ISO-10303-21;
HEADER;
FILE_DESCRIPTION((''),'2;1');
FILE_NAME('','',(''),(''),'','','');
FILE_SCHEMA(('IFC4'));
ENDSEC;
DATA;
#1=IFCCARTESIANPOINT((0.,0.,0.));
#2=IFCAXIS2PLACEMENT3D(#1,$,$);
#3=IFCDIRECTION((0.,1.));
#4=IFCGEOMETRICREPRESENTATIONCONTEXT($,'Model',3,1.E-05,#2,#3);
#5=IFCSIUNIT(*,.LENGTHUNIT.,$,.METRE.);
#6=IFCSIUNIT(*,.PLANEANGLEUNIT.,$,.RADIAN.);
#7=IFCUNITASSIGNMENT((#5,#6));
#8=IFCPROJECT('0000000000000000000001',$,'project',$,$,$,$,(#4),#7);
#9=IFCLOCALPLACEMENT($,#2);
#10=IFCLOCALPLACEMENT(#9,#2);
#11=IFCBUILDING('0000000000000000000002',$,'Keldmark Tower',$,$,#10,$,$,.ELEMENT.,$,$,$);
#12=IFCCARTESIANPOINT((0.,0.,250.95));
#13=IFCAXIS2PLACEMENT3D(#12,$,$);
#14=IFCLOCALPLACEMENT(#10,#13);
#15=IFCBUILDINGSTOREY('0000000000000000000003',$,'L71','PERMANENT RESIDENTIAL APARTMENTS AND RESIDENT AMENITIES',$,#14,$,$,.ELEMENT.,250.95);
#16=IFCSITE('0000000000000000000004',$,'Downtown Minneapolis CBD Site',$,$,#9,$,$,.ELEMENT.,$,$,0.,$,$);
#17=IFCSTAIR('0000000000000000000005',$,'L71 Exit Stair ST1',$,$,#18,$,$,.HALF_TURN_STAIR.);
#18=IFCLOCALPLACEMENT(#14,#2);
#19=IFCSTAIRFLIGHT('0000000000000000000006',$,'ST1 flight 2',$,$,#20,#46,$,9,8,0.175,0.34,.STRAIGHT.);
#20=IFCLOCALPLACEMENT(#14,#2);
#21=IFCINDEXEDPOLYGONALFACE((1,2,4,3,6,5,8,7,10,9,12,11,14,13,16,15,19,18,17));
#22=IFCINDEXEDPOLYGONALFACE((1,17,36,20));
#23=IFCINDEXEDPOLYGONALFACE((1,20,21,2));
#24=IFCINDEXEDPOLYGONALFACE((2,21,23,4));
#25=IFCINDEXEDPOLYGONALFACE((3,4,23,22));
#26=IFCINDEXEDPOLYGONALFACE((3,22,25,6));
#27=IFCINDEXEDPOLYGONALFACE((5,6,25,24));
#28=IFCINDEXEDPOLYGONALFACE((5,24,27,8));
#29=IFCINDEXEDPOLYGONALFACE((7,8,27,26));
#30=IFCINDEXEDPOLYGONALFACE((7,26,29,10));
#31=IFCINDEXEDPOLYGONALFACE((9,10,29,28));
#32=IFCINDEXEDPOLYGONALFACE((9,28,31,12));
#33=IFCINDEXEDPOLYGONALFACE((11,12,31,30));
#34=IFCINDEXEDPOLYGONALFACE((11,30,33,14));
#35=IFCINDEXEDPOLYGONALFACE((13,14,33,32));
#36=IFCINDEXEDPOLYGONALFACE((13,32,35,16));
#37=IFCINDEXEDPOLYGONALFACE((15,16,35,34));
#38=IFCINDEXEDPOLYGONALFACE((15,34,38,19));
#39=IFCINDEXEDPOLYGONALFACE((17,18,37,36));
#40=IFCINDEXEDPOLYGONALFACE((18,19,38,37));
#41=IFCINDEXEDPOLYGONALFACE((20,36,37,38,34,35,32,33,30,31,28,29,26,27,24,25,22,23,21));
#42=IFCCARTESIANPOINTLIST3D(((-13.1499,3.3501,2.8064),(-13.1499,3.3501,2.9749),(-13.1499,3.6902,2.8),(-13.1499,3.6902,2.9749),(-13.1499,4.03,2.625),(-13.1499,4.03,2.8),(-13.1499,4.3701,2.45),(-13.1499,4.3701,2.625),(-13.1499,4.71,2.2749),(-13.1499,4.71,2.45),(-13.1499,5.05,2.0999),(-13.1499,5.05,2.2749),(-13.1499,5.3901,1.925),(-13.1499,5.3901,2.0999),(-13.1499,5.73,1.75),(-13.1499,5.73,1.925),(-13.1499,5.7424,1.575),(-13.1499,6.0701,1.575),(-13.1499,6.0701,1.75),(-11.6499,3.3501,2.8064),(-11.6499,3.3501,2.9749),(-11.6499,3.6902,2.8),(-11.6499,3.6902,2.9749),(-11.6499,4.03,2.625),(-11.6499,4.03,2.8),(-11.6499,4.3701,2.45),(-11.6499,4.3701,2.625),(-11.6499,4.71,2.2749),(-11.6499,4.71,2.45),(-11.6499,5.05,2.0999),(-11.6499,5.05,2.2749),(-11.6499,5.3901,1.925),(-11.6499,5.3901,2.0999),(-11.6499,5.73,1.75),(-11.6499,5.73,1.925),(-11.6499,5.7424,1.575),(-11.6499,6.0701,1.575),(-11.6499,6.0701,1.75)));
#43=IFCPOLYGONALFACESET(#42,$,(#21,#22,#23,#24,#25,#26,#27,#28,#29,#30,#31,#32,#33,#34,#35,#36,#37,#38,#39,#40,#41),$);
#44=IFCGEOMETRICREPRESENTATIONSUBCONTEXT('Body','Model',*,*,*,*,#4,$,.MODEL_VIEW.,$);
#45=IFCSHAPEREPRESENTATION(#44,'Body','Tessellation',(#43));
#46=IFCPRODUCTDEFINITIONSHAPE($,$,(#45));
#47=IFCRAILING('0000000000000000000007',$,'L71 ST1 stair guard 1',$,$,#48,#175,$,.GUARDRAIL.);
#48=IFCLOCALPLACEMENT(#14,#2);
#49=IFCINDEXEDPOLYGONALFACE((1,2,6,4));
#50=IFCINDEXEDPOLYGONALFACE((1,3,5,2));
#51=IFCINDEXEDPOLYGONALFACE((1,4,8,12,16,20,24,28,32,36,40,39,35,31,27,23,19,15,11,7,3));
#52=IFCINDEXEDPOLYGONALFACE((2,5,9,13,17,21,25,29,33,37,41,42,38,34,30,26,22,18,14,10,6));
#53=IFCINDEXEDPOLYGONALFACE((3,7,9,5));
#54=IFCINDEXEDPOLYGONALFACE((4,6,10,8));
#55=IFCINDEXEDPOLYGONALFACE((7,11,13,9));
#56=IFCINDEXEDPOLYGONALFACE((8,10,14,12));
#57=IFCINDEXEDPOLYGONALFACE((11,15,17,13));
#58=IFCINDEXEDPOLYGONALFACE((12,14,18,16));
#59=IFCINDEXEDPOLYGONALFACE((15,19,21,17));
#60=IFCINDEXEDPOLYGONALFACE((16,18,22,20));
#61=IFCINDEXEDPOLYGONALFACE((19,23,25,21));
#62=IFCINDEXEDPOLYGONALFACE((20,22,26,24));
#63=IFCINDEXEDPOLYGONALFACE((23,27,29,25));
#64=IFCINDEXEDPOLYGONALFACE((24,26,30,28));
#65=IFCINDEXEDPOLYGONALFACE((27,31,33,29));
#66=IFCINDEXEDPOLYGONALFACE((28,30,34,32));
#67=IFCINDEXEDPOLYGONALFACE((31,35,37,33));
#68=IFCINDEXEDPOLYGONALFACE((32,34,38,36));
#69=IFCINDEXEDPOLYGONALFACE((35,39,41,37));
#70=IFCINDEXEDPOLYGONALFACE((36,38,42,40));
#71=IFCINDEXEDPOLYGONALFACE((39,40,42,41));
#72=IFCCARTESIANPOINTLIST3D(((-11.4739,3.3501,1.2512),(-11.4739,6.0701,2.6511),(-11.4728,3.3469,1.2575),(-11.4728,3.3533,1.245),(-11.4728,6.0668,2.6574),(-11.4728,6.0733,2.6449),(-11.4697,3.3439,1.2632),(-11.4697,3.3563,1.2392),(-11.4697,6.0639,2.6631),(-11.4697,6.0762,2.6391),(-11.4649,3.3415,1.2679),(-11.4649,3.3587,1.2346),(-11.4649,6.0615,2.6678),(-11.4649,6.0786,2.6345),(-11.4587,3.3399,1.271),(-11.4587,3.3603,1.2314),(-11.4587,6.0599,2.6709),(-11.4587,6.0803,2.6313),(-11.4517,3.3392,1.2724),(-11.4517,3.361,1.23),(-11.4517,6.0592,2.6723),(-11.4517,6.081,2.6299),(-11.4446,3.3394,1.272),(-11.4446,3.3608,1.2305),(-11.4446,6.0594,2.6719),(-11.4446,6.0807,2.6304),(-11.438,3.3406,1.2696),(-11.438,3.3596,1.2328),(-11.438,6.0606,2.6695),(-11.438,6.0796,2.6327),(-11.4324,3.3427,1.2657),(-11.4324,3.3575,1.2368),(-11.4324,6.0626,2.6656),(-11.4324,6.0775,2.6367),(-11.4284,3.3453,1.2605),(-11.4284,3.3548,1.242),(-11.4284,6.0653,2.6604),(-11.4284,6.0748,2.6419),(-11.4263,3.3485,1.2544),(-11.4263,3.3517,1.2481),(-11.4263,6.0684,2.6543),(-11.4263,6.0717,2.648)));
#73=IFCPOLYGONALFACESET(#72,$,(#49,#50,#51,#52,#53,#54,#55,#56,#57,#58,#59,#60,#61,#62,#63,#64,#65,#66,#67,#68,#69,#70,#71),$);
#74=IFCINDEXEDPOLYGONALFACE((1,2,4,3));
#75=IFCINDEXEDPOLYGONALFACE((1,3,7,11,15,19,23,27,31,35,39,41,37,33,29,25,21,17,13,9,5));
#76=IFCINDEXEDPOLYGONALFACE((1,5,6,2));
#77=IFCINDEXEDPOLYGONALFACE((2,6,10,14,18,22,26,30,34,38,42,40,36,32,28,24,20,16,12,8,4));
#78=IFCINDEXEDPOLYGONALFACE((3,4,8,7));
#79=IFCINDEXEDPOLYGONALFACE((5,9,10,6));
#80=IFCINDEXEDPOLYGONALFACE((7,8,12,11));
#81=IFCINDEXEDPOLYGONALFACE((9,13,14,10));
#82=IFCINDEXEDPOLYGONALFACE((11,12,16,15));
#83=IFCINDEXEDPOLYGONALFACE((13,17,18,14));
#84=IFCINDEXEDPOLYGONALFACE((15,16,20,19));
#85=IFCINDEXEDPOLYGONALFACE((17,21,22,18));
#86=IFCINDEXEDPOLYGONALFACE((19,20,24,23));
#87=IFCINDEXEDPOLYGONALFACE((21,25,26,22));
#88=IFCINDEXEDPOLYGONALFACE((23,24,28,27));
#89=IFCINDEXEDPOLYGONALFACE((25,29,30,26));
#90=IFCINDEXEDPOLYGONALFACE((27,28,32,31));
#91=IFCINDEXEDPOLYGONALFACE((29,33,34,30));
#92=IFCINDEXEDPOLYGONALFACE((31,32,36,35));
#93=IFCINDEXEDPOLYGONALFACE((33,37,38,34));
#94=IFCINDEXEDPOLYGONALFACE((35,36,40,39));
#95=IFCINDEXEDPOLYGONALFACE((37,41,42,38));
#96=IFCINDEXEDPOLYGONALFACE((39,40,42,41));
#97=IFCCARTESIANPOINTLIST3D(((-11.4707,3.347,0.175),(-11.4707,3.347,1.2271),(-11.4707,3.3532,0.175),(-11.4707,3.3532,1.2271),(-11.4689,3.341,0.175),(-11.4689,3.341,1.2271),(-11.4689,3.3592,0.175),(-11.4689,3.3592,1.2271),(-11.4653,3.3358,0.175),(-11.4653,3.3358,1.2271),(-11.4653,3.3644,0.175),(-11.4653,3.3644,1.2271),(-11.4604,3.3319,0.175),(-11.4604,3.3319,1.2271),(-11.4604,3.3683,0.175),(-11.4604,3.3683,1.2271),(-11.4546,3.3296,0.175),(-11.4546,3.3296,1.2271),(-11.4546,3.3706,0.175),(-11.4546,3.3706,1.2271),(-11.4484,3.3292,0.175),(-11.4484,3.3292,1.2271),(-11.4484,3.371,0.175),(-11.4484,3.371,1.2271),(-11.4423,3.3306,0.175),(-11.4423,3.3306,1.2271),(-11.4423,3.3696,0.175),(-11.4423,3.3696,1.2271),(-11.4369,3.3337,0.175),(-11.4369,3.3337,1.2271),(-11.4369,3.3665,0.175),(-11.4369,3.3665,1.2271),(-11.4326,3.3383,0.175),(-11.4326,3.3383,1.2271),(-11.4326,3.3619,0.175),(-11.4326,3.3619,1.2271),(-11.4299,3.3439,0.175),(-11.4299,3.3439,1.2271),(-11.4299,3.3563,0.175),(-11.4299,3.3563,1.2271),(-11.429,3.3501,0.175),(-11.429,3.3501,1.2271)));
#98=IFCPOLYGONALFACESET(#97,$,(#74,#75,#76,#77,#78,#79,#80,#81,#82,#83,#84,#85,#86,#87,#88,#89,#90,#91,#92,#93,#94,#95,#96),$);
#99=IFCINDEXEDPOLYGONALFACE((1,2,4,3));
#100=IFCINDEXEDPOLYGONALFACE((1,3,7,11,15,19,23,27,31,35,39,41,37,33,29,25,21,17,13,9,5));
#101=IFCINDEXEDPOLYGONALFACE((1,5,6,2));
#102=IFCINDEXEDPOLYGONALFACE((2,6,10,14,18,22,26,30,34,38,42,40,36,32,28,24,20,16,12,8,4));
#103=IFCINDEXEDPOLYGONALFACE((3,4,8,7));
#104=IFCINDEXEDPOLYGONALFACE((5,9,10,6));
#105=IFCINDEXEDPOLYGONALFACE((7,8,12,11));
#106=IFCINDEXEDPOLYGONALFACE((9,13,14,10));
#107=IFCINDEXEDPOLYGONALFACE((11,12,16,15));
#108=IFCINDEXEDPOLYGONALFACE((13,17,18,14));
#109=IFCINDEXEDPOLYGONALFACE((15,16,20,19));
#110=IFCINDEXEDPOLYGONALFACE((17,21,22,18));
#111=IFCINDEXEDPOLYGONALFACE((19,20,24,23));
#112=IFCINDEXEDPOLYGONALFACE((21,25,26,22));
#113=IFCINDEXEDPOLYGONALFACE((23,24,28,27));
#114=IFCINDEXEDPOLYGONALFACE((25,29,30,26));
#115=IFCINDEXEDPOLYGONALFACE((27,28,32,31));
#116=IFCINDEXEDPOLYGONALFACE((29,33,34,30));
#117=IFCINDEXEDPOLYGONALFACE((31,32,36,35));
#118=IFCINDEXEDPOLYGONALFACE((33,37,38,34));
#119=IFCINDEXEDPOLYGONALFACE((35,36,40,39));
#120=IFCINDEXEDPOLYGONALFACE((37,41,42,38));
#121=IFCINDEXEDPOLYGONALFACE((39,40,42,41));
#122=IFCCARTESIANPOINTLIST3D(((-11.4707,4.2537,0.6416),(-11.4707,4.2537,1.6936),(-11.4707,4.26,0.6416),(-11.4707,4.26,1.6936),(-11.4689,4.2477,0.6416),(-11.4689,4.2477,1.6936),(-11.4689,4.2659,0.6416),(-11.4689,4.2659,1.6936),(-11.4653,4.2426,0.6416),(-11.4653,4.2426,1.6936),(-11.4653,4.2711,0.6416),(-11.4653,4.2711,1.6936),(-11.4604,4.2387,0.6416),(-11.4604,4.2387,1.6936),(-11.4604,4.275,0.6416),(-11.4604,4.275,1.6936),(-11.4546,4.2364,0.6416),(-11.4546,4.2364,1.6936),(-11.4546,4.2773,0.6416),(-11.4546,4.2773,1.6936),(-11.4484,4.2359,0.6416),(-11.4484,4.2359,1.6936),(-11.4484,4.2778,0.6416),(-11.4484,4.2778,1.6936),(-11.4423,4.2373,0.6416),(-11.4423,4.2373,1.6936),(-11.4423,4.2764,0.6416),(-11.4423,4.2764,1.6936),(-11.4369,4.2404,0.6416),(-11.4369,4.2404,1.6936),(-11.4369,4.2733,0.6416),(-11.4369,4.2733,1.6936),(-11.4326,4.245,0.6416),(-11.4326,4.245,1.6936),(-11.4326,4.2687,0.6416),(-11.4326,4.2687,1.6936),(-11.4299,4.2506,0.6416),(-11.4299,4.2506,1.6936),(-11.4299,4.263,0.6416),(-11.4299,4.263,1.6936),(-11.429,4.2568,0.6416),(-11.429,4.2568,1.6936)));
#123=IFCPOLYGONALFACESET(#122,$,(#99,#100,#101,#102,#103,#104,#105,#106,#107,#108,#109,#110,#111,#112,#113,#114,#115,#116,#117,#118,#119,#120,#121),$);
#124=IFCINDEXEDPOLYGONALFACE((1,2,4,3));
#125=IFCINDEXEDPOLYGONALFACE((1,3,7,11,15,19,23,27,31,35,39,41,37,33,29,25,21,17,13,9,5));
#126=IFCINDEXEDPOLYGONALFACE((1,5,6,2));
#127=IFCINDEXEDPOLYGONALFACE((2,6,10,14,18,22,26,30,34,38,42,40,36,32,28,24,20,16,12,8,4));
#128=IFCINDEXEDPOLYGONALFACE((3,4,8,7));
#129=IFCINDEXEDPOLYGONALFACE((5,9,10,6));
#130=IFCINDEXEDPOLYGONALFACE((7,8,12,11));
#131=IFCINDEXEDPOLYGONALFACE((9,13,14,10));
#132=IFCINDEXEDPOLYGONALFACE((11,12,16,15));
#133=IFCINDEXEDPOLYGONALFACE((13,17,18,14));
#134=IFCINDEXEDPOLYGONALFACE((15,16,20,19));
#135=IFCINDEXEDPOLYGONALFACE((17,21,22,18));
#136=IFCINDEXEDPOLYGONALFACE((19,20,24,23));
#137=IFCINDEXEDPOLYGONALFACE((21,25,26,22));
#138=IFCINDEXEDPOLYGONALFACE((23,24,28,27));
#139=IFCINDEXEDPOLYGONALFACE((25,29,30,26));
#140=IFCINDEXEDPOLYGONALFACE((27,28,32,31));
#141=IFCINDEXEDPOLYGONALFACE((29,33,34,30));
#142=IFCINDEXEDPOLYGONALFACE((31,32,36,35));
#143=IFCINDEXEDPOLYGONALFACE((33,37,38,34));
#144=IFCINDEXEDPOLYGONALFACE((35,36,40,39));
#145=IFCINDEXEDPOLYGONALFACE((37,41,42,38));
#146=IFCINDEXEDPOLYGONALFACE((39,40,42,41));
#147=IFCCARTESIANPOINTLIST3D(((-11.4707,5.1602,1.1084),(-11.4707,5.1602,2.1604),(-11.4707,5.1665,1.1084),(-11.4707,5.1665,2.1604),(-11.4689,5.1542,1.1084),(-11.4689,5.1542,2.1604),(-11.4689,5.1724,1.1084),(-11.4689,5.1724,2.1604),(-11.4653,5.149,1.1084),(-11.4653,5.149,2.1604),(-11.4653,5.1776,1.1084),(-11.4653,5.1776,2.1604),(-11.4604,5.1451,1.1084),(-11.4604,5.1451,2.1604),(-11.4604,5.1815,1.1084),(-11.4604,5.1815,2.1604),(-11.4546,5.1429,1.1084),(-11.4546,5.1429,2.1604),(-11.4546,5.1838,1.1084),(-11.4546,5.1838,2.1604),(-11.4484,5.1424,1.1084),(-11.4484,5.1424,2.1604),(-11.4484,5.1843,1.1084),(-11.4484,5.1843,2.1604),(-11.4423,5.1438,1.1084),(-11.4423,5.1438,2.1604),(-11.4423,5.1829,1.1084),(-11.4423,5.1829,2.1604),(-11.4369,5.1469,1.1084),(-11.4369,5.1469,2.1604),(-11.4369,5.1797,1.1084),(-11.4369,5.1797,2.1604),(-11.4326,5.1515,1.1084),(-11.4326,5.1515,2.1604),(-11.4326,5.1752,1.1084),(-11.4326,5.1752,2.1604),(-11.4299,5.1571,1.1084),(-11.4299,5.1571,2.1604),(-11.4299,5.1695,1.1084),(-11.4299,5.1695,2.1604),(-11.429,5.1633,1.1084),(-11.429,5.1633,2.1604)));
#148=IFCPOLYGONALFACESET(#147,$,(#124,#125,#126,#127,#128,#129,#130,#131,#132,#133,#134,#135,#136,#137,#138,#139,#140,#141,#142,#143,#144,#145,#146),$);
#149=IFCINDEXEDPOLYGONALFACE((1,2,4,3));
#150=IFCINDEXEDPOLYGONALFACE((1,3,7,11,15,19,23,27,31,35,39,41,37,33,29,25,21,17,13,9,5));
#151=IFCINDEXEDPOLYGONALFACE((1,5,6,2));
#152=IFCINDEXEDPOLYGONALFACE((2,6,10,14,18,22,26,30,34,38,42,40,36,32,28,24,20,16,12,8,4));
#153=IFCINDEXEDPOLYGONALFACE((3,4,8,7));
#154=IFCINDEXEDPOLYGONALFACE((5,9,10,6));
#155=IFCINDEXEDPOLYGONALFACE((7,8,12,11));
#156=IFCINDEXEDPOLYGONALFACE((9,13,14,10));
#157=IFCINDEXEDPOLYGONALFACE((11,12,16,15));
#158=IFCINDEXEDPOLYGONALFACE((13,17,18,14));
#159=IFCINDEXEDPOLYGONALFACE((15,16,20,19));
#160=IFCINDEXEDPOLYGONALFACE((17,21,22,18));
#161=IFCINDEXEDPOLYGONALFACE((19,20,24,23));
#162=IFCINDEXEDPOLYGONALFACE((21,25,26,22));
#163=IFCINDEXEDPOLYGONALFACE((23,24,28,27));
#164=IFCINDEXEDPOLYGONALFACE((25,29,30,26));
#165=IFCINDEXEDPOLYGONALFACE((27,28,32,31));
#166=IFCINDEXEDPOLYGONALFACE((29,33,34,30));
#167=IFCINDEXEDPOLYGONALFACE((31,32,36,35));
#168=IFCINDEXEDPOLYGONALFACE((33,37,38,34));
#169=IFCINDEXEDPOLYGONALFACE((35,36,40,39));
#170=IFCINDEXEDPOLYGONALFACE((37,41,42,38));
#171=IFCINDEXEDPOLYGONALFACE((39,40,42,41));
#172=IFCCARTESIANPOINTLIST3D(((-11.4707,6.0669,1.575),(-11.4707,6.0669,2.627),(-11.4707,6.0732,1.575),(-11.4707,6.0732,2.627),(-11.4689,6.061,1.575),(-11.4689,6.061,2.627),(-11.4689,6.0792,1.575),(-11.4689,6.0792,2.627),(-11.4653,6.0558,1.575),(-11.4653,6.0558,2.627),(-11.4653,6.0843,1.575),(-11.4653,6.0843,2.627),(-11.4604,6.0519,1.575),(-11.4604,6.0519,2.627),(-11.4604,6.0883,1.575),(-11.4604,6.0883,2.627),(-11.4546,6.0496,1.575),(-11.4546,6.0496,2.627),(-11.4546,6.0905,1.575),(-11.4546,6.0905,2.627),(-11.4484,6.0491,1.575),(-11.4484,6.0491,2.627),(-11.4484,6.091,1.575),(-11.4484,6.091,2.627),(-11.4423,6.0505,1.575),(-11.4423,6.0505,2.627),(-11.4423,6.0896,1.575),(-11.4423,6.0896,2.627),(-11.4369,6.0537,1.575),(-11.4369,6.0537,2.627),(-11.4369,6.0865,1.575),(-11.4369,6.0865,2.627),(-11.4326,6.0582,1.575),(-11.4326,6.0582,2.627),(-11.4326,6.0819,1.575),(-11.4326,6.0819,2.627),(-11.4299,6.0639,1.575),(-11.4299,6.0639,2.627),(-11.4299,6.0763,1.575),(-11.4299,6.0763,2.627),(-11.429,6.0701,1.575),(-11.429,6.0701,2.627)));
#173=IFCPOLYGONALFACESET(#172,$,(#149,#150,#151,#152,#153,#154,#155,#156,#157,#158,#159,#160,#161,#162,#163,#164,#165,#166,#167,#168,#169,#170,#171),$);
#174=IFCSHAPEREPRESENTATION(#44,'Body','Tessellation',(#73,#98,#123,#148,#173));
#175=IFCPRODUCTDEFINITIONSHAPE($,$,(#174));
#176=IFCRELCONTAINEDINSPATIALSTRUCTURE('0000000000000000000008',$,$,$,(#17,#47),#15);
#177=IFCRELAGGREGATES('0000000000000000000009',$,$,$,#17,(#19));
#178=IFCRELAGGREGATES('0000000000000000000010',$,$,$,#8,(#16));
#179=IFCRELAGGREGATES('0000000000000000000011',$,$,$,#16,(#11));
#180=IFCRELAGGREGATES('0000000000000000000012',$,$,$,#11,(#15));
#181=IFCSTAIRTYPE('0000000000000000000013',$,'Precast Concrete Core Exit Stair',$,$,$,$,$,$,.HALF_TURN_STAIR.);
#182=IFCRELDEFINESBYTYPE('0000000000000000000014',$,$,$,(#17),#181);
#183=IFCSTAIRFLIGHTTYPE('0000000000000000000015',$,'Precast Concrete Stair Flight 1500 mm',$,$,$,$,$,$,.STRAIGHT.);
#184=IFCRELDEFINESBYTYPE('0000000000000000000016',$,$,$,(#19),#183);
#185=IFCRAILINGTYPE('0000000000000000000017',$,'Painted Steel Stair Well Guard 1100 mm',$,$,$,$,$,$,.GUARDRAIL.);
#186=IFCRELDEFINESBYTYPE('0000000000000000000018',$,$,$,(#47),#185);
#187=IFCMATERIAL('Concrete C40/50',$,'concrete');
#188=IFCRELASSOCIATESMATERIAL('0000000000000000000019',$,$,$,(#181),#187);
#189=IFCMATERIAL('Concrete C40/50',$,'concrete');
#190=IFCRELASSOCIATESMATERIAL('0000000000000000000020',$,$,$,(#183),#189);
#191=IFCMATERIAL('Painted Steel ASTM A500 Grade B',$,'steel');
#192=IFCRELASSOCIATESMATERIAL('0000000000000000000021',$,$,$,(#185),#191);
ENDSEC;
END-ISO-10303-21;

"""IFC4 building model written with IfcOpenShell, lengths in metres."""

from ifc_helpers import new_model, si_unit, direction, frame, origin, origin_2d, place, context, subcontext, project, spatial, polyline, circle, outline, extrude, material, type_object, element, aggregate, save


model = new_model("IFC4")

# Units and contexts
model_context = context("Model", 3, precision=1e-05, world=origin(), true_north=direction((0.0, 1.0)))
body_context = subcontext(model_context, "Body", "Model", "MODEL_VIEW")
ifc_project = project(units=[si_unit("LENGTHUNIT", "METRE"), si_unit("PLANEANGLEUNIT", "RADIAN")], contexts=[model_context])

# Site, building, storey
site_placement = place(None, origin())
site = spatial("IfcSite", under=ifc_project, at=site_placement, Name="Downtown Minneapolis CBD Site", CompositionType="ELEMENT", RefElevation=0.0)
building_placement = place(site_placement, origin())
building = spatial("IfcBuilding", under=site, at=building_placement, Name="Keldmark Tower", CompositionType="ELEMENT")
storey_placement = place(building_placement, frame((0.0, 0.0, 250.95)))
storey = spatial("IfcBuildingStorey", under=building, at=storey_placement, Name="L71", Description="PERMANENT RESIDENTIAL APARTMENTS AND RESIDENT AMENITIES", CompositionType="ELEMENT", Elevation=250.95)

# Stair, stair flight
ifc_material_1 = material(Name="Concrete C40/50", Category="concrete")
stair_type = type_object("IfcStairType", Name="Precast Concrete Core Exit Stair", PredefinedType="HALF_TURN_STAIR", material=ifc_material_1)
stair_placement = place(storey_placement, origin())
stair = element("IfcStair", 1, at=stair_placement, inside=storey, type_object=stair_type, Name="L71 Exit Stair ST1", PredefinedType="HALF_TURN_STAIR")
ifc_material_2 = material(Name="Concrete C40/50", Category="concrete")
stair_flight_type = type_object("IfcStairFlightType", Name="Precast Concrete Stair Flight 1500 mm", PredefinedType="STRAIGHT", material=ifc_material_2)
stair_flight_1_placement = place(storey_placement, frame((-12.3999, 6.0701, 1.575), z_axis=(0.0, 0.0, 1.0), x_axis=(0.0, -1.0, 0.0)))
stair_flight_1 = element("IfcStairFlight", 2, at=stair_flight_1_placement, type_object=stair_flight_type, Name="ST1 flight 2", NumberOfRisers=9, NumberOfTreads=8, PredefinedType="STRAIGHT", RiserHeight=0.175, TreadLength=0.34, context=body_context, shape_type="SweptSolid", body=[
    extrude(outline(polyline([(0.0, 0.0), (0.0, 0.175), (0.3401, 0.175), (0.3401, 0.3501), (0.6799, 0.3501), (0.6799, 0.5249), (1.02, 0.5249), (1.02, 0.7), (1.3601, 0.7), (1.3601, 0.875), (1.7, 0.875), (1.7, 1.05), (2.04, 1.05), (2.04, 1.2251), (2.3799, 1.2251), (2.3799, 1.3999), (2.72, 1.3999), (2.72, 1.575), (2.72, 1.2314), (0.3276, 0.0), (0.0, 0.0)])), frame((0.0, 0.75, 0.0), z_axis=(0.0, -1.0, 0.0), x_axis=(1.0, 0.0, 0.0)), (0.0, 0.0, 1.0), 1.5),
])
aggregate(stair, [stair_flight_1])

# Railing
ifc_material_3 = material(Name="Painted Steel ASTM A500 Grade B", Category="steel")
railing_type_1 = type_object("IfcRailingType", Name="Painted Steel Stair Well Guard 1100 mm", PredefinedType="GUARDRAIL", material=ifc_material_3)
railing_1_placement = place(storey_placement, frame((-11.45, 3.3501, 0.175)))
element("IfcRailing", 3, at=railing_1_placement, inside=storey, type_object=railing_type_1, Name="L71 ST1 stair guard 1", PredefinedType="GUARDRAIL", context=body_context, shape_type="SweptSolid", body=[
    extrude(circle(Radius=0.0239, at=origin_2d()), frame((0.0, 0.0, 1.0762), z_axis=(0.0, 0.889147, 0.457622), x_axis=(-1.0, 0.0, 0.0)), (0.0, 0.0, 1.0), 3.0591),
    extrude(circle(Radius=0.021, at=origin_2d()), origin(), (0.0, 0.0, 1.0), 1.052),
    extrude(circle(Radius=0.021, at=origin_2d()), frame((0.0, 0.9067, 0.4666)), (0.0, 0.0, 1.0), 1.052),
    extrude(circle(Radius=0.021, at=origin_2d()), frame((0.0, 1.8132, 0.9333)), (0.0, 0.0, 1.0), 1.052),
    extrude(circle(Radius=0.021, at=origin_2d()), frame((0.0, 2.72, 1.3999)), (0.0, 0.0, 1.0), 1.052),
])

save(model, "model.ifc")
